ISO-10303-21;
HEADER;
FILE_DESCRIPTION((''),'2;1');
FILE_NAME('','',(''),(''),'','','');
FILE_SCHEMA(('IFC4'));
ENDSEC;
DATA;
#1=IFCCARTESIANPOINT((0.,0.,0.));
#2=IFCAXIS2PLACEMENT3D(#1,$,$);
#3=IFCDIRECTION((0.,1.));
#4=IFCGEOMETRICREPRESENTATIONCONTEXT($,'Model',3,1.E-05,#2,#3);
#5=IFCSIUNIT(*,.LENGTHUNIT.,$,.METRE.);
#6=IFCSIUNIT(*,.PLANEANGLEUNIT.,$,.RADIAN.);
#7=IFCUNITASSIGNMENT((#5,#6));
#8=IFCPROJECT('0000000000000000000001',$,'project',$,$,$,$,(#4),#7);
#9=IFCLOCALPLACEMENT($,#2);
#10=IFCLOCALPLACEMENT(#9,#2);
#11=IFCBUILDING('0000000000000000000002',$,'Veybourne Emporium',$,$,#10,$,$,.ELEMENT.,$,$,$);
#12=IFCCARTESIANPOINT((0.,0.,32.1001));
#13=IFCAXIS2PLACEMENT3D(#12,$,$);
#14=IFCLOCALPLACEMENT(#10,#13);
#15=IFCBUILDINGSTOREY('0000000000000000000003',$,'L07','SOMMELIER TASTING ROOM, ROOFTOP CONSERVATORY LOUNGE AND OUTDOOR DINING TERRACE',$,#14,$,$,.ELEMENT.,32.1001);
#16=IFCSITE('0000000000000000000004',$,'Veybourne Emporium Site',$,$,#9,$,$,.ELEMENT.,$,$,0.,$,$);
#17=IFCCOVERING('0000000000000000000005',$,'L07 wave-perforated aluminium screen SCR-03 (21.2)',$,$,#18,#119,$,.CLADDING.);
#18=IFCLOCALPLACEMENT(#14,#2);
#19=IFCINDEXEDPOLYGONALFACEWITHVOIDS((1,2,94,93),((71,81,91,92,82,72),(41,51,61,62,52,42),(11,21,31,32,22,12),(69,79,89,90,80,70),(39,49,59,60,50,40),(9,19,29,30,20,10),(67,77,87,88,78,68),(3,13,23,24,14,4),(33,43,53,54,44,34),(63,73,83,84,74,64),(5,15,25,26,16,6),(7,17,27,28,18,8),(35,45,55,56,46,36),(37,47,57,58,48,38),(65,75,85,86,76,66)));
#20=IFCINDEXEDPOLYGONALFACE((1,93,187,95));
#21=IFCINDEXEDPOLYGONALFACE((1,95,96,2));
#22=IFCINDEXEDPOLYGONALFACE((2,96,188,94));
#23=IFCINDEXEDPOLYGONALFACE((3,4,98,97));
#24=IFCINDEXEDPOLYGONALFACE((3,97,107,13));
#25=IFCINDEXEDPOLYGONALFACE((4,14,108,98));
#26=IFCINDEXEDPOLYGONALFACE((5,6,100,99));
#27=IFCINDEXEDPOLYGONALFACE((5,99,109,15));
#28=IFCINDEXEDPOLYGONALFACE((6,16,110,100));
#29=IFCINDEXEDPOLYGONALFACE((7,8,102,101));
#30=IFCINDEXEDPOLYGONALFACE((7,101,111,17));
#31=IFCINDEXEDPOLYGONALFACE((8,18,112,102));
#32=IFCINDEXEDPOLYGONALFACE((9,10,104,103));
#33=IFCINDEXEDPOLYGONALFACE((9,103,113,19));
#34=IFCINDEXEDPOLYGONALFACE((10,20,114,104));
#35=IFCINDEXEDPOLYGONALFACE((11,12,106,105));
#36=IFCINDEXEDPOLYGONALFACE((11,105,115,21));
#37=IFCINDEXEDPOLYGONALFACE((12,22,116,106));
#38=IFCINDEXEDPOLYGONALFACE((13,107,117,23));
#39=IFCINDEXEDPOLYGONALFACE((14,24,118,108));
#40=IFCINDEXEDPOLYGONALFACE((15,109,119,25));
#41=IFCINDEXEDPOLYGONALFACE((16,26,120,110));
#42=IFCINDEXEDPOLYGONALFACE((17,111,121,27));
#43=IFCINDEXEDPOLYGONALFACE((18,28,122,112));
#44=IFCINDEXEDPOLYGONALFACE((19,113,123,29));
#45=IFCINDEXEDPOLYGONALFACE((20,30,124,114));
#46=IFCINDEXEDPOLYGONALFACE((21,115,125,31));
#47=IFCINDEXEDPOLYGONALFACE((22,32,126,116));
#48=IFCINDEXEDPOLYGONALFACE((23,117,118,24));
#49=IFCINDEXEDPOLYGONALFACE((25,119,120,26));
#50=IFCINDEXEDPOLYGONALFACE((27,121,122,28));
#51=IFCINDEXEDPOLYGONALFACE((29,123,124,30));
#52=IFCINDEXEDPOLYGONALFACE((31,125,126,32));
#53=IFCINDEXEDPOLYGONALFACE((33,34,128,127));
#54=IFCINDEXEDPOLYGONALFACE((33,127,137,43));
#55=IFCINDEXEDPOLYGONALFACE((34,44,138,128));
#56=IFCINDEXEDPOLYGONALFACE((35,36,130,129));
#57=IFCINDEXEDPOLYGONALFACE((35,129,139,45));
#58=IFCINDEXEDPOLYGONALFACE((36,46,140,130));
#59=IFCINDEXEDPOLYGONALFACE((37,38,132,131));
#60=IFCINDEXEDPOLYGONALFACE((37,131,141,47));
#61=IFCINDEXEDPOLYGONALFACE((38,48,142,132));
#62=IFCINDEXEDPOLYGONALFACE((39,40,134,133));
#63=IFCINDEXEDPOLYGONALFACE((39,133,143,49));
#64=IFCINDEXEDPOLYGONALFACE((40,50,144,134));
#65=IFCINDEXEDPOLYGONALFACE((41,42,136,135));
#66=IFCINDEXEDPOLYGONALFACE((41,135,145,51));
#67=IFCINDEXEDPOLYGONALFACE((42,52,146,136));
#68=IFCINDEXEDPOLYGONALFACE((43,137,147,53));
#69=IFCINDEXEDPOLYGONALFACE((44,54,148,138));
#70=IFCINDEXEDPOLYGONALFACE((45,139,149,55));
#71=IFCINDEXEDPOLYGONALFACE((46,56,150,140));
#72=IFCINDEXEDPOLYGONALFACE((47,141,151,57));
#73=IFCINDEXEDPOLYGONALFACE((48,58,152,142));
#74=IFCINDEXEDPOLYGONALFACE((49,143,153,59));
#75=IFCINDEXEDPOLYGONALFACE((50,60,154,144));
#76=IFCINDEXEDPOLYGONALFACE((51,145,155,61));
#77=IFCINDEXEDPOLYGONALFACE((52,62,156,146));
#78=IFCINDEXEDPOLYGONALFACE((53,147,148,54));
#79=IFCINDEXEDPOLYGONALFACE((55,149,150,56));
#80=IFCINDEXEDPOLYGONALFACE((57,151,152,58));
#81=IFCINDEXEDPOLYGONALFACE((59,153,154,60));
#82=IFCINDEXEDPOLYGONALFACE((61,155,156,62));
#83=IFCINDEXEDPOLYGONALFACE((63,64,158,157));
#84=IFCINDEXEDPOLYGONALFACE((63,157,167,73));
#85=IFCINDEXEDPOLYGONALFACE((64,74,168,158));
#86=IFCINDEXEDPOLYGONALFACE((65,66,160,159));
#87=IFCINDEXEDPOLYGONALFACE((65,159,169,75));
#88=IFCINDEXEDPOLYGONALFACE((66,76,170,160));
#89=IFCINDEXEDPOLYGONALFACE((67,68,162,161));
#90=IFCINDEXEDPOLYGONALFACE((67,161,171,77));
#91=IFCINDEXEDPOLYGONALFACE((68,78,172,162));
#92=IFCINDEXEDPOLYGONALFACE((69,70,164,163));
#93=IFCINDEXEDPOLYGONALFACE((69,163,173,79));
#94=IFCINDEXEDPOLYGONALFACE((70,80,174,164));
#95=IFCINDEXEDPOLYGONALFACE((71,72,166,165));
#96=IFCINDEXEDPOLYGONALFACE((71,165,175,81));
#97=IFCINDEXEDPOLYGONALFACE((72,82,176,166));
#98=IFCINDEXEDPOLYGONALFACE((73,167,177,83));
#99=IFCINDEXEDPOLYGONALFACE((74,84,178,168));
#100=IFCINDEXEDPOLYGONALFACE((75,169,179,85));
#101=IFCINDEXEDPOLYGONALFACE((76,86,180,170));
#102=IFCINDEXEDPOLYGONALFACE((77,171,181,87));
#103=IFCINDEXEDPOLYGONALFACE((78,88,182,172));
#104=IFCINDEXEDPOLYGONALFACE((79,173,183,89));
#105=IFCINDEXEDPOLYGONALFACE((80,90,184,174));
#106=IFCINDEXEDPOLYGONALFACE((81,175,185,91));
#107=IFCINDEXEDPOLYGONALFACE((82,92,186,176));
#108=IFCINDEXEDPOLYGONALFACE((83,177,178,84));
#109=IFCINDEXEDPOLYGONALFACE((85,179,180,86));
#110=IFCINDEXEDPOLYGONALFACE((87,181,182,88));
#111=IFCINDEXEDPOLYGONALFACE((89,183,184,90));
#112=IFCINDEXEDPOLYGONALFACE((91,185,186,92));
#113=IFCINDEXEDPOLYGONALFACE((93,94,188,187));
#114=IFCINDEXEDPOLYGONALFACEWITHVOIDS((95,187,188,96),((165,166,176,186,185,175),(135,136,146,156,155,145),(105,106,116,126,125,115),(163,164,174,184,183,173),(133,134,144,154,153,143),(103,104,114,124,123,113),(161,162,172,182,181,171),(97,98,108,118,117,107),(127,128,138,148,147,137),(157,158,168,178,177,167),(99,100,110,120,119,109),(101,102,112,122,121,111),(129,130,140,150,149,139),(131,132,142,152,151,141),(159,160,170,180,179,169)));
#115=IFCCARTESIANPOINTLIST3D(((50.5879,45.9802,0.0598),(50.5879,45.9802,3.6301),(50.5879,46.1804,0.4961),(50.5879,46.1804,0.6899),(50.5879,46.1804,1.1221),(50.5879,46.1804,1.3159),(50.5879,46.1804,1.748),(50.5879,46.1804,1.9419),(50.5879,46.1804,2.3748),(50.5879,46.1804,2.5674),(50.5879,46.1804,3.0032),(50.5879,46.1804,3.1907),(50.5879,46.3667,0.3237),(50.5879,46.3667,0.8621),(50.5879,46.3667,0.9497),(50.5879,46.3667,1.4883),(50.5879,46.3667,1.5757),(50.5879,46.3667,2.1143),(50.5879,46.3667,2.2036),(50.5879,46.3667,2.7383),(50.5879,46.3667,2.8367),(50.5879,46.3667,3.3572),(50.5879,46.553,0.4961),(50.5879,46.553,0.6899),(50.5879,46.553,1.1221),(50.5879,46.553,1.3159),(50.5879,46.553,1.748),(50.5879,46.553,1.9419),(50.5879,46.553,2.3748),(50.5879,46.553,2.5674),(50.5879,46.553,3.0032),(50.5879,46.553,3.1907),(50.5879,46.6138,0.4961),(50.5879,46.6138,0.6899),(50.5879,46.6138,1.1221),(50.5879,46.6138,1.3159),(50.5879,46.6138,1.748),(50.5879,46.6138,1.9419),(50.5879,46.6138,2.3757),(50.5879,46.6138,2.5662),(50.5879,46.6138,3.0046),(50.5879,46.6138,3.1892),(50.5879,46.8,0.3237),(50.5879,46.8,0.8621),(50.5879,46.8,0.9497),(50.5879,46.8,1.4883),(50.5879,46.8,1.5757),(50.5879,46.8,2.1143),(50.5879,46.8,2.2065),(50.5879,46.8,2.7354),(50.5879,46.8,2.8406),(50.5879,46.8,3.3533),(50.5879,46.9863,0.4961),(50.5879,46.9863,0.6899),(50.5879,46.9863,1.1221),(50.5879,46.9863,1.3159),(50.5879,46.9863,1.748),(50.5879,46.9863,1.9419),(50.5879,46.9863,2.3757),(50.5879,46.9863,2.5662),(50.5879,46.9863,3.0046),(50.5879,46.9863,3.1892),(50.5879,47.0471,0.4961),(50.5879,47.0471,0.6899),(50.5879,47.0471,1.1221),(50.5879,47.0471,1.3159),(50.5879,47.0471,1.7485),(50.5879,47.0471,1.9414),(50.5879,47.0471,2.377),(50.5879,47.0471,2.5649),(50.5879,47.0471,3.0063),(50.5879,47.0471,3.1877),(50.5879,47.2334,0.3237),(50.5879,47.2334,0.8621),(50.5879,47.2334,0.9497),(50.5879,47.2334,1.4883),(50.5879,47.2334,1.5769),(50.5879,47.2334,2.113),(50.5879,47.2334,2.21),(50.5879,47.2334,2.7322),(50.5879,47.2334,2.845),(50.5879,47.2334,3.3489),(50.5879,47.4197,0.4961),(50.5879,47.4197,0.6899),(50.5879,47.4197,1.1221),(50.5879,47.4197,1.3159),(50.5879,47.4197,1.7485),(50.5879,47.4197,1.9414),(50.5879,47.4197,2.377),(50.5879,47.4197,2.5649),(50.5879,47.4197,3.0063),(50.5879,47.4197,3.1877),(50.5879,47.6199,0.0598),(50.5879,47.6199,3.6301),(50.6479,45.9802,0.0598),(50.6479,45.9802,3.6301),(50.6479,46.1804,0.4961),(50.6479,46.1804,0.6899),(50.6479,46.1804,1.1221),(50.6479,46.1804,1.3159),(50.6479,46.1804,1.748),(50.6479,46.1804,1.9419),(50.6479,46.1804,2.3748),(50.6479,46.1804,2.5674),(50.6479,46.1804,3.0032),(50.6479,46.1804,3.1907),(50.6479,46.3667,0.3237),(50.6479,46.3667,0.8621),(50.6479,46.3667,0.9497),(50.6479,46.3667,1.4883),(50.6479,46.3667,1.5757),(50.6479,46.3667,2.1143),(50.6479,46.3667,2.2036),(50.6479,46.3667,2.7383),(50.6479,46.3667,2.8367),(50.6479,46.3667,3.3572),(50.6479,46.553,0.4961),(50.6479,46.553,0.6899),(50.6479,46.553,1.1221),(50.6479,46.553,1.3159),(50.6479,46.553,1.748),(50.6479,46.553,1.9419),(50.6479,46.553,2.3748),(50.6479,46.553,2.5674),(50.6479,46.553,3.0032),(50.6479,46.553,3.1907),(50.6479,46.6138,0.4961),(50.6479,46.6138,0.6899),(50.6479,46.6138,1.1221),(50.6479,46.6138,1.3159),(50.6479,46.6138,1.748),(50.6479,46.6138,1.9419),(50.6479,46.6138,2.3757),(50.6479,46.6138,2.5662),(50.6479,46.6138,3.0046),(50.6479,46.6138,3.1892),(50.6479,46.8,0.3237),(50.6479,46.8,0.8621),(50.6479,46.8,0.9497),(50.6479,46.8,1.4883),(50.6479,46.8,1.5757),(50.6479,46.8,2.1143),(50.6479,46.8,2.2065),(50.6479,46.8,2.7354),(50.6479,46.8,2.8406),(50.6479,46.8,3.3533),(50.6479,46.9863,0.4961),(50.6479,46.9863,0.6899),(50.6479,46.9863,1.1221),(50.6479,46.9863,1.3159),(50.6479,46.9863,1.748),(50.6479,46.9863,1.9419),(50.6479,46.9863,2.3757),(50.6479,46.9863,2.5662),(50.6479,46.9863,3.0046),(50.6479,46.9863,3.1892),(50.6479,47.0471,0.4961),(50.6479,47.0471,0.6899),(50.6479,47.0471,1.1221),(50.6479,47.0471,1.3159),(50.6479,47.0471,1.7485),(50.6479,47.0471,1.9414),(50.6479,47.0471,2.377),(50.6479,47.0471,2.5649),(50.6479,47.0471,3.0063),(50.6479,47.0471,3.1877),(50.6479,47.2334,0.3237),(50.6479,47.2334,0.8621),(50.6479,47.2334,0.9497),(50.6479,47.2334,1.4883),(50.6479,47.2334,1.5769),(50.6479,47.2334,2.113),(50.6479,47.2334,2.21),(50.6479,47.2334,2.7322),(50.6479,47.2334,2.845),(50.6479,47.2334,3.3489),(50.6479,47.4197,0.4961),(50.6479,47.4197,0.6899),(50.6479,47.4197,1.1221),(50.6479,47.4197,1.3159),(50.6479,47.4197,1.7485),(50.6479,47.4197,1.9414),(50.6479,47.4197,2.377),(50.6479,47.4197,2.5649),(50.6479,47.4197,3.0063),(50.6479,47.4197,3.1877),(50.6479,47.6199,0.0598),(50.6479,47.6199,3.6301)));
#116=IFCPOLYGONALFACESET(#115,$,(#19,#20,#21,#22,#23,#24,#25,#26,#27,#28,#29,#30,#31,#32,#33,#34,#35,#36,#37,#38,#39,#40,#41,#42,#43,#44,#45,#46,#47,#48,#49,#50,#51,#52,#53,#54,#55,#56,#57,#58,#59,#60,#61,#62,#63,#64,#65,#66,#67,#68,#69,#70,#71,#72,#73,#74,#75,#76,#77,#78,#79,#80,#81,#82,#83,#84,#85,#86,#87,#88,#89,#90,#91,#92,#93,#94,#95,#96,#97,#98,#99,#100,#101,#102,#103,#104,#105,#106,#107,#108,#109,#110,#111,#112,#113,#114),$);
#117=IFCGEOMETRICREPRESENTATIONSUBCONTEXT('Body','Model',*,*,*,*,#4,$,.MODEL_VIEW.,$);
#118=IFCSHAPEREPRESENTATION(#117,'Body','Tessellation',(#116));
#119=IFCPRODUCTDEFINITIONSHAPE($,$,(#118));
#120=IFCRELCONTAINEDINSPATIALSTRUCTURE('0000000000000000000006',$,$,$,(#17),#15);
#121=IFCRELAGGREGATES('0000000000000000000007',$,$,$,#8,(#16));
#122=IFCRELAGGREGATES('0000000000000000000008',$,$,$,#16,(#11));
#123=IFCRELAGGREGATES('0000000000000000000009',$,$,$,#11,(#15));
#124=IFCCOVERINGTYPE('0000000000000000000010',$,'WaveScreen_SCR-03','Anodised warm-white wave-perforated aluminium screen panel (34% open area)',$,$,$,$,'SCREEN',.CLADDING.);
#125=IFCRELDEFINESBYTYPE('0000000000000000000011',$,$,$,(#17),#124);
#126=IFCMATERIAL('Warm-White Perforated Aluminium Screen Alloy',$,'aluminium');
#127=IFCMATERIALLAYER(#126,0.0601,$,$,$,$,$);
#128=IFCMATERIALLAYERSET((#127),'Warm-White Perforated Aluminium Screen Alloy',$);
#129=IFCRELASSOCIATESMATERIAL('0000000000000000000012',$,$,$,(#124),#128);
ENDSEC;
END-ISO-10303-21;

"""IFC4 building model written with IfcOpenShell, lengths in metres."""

from ifc_helpers import new_model, si_unit, direction, frame, origin, place, context, subcontext, project, spatial, polyline, outline, extrude, material, layer, layer_set, type_object, element, save


model = new_model("IFC4")

# Units and contexts
model_context = context("Model", 3, precision=1e-05, world=origin(), true_north=direction((0.0, 1.0)))
body_context = subcontext(model_context, "Body", "Model", "MODEL_VIEW")
ifc_project = project(units=[si_unit("LENGTHUNIT", "METRE"), si_unit("PLANEANGLEUNIT", "RADIAN")], contexts=[model_context])

# Site, building, storey
site_placement = place(None, origin())
site = spatial("IfcSite", under=ifc_project, at=site_placement, Name="Veybourne Emporium Site", CompositionType="ELEMENT", RefElevation=0.0)
building_placement = place(site_placement, origin())
building = spatial("IfcBuilding", under=site, at=building_placement, Name="Veybourne Emporium", CompositionType="ELEMENT")
storey_placement = place(building_placement, frame((0.0, 0.0, 32.1001)))
storey = spatial("IfcBuildingStorey", under=building, at=storey_placement, Name="L07", Description="SOMMELIER TASTING ROOM, ROOFTOP CONSERVATORY LOUNGE AND OUTDOOR DINING TERRACE", CompositionType="ELEMENT", Elevation=32.1001)

# Covering
ifc_material_1 = material(Name="Warm-White Perforated Aluminium Screen Alloy", Category="aluminium")
ifc_layer_1 = layer(ifc_material_1, 0.0601)
ifc_layer_set_1 = layer_set([ifc_layer_1], Name="Warm-White Perforated Aluminium Screen Alloy")
covering_type_1 = type_object("IfcCoveringType", Name="WaveScreen_SCR-03", Description="Anodised warm-white wave-perforated aluminium screen panel (34% open area)", ElementType="SCREEN", PredefinedType="CLADDING", material=ifc_layer_set_1)
covering_1_placement = place(storey_placement, frame((50.6479, 46.8, 1.845), z_axis=(-1.0, 0.0, 0.0), x_axis=(0.0, -1.0, 0.0)))
element("IfcCovering", 1, at=covering_1_placement, inside=storey, type_object=covering_type_1, Name="L07 wave-perforated aluminium screen SCR-03 (21.2)", PredefinedType="CLADDING", context=body_context, shape_type="SweptSolid", body=[
    extrude(outline(polyline([(-0.8198, -1.7852), (0.8198, -1.7852), (0.8198, 1.7852), (-0.8198, 1.7852), (-0.8198, -1.7852)]), holes=[polyline([(-0.4333, -0.9829), (-0.2471, -1.155), (-0.2471, -1.3489), (-0.4333, -1.5212), (-0.6196, -1.3489), (-0.6196, -1.155), (-0.4333, -0.9829)]), polyline([(-0.4333, -0.3567), (-0.2471, -0.5291), (-0.2471, -0.7229), (-0.4333, -0.8953), (-0.6196, -0.7229), (-0.6196, -0.5291), (-0.4333, -0.3567)]), polyline([(-0.4333, 0.2681), (-0.2471, 0.0964), (-0.2471, -0.0964), (-0.4333, -0.2681), (-0.6196, -0.0964), (-0.6196, 0.0964), (-0.4333, 0.2681)]), polyline([(-0.4333, 0.8872), (-0.2471, 0.72), (-0.2471, 0.532), (-0.4333, 0.365), (-0.6196, 0.532), (-0.6196, 0.72), (-0.4333, 0.8872)]), polyline([(-0.4333, 1.5039), (-0.2471, 1.3428), (-0.2471, 1.1614), (-0.4333, 1.0), (-0.6196, 1.1614), (-0.6196, 1.3428), (-0.4333, 1.5039)]), polyline([(0.0, -0.9829), (0.1863, -1.155), (0.1863, -1.3489), (0.0, -1.5212), (-0.1863, -1.3489), (-0.1863, -1.155), (0.0, -0.9829)]), polyline([(0.0, -0.3567), (0.1863, -0.5291), (0.1863, -0.7229), (0.0, -0.8953), (-0.1863, -0.7229), (-0.1863, -0.5291), (0.0, -0.3567)]), polyline([(0.0, 0.2693), (0.1863, 0.0969), (0.1863, -0.0969), (0.0, -0.2693), (-0.1863, -0.0969), (-0.1863, 0.0969), (0.0, 0.2693)]), polyline([(0.0, 0.8904), (0.1863, 0.7212), (0.1863, 0.5308), (0.0, 0.3616), (-0.1863, 0.5308), (-0.1863, 0.7212), (0.0, 0.8904)]), polyline([(0.0, 1.5083), (0.1863, 1.3442), (0.1863, 1.1597), (0.0, 0.9956), (-0.1863, 1.1597), (-0.1863, 1.3442), (0.0, 1.5083)]), polyline([(0.4333, -0.9829), (0.6196, -1.155), (0.6196, -1.3489), (0.4333, -1.5212), (0.2471, -1.3489), (0.2471, -1.155), (0.4333, -0.9829)]), polyline([(0.4333, -0.3567), (0.6196, -0.5291), (0.6196, -0.7229), (0.4333, -0.8953), (0.2471, -0.7229), (0.2471, -0.5291), (0.4333, -0.3567)]), polyline([(0.4333, 0.2693), (0.6196, 0.0969), (0.6196, -0.0969), (0.4333, -0.2693), (0.2471, -0.0969), (0.2471, 0.0969), (0.4333, 0.2693)]), polyline([(0.4333, 0.8933), (0.6196, 0.7224), (0.6196, 0.5298), (0.4333, 0.3586), (0.2471, 0.5298), (0.2471, 0.7224), (0.4333, 0.8933)]), polyline([(0.4333, 1.5122), (0.6196, 1.3457), (0.6196, 1.1582), (0.4333, 0.9917), (0.2471, 1.1582), (0.2471, 1.3457), (0.4333, 1.5122)])]), origin(), (0.0, 0.0, 1.0), 0.0601),
])

save(model, "model.ifc")
